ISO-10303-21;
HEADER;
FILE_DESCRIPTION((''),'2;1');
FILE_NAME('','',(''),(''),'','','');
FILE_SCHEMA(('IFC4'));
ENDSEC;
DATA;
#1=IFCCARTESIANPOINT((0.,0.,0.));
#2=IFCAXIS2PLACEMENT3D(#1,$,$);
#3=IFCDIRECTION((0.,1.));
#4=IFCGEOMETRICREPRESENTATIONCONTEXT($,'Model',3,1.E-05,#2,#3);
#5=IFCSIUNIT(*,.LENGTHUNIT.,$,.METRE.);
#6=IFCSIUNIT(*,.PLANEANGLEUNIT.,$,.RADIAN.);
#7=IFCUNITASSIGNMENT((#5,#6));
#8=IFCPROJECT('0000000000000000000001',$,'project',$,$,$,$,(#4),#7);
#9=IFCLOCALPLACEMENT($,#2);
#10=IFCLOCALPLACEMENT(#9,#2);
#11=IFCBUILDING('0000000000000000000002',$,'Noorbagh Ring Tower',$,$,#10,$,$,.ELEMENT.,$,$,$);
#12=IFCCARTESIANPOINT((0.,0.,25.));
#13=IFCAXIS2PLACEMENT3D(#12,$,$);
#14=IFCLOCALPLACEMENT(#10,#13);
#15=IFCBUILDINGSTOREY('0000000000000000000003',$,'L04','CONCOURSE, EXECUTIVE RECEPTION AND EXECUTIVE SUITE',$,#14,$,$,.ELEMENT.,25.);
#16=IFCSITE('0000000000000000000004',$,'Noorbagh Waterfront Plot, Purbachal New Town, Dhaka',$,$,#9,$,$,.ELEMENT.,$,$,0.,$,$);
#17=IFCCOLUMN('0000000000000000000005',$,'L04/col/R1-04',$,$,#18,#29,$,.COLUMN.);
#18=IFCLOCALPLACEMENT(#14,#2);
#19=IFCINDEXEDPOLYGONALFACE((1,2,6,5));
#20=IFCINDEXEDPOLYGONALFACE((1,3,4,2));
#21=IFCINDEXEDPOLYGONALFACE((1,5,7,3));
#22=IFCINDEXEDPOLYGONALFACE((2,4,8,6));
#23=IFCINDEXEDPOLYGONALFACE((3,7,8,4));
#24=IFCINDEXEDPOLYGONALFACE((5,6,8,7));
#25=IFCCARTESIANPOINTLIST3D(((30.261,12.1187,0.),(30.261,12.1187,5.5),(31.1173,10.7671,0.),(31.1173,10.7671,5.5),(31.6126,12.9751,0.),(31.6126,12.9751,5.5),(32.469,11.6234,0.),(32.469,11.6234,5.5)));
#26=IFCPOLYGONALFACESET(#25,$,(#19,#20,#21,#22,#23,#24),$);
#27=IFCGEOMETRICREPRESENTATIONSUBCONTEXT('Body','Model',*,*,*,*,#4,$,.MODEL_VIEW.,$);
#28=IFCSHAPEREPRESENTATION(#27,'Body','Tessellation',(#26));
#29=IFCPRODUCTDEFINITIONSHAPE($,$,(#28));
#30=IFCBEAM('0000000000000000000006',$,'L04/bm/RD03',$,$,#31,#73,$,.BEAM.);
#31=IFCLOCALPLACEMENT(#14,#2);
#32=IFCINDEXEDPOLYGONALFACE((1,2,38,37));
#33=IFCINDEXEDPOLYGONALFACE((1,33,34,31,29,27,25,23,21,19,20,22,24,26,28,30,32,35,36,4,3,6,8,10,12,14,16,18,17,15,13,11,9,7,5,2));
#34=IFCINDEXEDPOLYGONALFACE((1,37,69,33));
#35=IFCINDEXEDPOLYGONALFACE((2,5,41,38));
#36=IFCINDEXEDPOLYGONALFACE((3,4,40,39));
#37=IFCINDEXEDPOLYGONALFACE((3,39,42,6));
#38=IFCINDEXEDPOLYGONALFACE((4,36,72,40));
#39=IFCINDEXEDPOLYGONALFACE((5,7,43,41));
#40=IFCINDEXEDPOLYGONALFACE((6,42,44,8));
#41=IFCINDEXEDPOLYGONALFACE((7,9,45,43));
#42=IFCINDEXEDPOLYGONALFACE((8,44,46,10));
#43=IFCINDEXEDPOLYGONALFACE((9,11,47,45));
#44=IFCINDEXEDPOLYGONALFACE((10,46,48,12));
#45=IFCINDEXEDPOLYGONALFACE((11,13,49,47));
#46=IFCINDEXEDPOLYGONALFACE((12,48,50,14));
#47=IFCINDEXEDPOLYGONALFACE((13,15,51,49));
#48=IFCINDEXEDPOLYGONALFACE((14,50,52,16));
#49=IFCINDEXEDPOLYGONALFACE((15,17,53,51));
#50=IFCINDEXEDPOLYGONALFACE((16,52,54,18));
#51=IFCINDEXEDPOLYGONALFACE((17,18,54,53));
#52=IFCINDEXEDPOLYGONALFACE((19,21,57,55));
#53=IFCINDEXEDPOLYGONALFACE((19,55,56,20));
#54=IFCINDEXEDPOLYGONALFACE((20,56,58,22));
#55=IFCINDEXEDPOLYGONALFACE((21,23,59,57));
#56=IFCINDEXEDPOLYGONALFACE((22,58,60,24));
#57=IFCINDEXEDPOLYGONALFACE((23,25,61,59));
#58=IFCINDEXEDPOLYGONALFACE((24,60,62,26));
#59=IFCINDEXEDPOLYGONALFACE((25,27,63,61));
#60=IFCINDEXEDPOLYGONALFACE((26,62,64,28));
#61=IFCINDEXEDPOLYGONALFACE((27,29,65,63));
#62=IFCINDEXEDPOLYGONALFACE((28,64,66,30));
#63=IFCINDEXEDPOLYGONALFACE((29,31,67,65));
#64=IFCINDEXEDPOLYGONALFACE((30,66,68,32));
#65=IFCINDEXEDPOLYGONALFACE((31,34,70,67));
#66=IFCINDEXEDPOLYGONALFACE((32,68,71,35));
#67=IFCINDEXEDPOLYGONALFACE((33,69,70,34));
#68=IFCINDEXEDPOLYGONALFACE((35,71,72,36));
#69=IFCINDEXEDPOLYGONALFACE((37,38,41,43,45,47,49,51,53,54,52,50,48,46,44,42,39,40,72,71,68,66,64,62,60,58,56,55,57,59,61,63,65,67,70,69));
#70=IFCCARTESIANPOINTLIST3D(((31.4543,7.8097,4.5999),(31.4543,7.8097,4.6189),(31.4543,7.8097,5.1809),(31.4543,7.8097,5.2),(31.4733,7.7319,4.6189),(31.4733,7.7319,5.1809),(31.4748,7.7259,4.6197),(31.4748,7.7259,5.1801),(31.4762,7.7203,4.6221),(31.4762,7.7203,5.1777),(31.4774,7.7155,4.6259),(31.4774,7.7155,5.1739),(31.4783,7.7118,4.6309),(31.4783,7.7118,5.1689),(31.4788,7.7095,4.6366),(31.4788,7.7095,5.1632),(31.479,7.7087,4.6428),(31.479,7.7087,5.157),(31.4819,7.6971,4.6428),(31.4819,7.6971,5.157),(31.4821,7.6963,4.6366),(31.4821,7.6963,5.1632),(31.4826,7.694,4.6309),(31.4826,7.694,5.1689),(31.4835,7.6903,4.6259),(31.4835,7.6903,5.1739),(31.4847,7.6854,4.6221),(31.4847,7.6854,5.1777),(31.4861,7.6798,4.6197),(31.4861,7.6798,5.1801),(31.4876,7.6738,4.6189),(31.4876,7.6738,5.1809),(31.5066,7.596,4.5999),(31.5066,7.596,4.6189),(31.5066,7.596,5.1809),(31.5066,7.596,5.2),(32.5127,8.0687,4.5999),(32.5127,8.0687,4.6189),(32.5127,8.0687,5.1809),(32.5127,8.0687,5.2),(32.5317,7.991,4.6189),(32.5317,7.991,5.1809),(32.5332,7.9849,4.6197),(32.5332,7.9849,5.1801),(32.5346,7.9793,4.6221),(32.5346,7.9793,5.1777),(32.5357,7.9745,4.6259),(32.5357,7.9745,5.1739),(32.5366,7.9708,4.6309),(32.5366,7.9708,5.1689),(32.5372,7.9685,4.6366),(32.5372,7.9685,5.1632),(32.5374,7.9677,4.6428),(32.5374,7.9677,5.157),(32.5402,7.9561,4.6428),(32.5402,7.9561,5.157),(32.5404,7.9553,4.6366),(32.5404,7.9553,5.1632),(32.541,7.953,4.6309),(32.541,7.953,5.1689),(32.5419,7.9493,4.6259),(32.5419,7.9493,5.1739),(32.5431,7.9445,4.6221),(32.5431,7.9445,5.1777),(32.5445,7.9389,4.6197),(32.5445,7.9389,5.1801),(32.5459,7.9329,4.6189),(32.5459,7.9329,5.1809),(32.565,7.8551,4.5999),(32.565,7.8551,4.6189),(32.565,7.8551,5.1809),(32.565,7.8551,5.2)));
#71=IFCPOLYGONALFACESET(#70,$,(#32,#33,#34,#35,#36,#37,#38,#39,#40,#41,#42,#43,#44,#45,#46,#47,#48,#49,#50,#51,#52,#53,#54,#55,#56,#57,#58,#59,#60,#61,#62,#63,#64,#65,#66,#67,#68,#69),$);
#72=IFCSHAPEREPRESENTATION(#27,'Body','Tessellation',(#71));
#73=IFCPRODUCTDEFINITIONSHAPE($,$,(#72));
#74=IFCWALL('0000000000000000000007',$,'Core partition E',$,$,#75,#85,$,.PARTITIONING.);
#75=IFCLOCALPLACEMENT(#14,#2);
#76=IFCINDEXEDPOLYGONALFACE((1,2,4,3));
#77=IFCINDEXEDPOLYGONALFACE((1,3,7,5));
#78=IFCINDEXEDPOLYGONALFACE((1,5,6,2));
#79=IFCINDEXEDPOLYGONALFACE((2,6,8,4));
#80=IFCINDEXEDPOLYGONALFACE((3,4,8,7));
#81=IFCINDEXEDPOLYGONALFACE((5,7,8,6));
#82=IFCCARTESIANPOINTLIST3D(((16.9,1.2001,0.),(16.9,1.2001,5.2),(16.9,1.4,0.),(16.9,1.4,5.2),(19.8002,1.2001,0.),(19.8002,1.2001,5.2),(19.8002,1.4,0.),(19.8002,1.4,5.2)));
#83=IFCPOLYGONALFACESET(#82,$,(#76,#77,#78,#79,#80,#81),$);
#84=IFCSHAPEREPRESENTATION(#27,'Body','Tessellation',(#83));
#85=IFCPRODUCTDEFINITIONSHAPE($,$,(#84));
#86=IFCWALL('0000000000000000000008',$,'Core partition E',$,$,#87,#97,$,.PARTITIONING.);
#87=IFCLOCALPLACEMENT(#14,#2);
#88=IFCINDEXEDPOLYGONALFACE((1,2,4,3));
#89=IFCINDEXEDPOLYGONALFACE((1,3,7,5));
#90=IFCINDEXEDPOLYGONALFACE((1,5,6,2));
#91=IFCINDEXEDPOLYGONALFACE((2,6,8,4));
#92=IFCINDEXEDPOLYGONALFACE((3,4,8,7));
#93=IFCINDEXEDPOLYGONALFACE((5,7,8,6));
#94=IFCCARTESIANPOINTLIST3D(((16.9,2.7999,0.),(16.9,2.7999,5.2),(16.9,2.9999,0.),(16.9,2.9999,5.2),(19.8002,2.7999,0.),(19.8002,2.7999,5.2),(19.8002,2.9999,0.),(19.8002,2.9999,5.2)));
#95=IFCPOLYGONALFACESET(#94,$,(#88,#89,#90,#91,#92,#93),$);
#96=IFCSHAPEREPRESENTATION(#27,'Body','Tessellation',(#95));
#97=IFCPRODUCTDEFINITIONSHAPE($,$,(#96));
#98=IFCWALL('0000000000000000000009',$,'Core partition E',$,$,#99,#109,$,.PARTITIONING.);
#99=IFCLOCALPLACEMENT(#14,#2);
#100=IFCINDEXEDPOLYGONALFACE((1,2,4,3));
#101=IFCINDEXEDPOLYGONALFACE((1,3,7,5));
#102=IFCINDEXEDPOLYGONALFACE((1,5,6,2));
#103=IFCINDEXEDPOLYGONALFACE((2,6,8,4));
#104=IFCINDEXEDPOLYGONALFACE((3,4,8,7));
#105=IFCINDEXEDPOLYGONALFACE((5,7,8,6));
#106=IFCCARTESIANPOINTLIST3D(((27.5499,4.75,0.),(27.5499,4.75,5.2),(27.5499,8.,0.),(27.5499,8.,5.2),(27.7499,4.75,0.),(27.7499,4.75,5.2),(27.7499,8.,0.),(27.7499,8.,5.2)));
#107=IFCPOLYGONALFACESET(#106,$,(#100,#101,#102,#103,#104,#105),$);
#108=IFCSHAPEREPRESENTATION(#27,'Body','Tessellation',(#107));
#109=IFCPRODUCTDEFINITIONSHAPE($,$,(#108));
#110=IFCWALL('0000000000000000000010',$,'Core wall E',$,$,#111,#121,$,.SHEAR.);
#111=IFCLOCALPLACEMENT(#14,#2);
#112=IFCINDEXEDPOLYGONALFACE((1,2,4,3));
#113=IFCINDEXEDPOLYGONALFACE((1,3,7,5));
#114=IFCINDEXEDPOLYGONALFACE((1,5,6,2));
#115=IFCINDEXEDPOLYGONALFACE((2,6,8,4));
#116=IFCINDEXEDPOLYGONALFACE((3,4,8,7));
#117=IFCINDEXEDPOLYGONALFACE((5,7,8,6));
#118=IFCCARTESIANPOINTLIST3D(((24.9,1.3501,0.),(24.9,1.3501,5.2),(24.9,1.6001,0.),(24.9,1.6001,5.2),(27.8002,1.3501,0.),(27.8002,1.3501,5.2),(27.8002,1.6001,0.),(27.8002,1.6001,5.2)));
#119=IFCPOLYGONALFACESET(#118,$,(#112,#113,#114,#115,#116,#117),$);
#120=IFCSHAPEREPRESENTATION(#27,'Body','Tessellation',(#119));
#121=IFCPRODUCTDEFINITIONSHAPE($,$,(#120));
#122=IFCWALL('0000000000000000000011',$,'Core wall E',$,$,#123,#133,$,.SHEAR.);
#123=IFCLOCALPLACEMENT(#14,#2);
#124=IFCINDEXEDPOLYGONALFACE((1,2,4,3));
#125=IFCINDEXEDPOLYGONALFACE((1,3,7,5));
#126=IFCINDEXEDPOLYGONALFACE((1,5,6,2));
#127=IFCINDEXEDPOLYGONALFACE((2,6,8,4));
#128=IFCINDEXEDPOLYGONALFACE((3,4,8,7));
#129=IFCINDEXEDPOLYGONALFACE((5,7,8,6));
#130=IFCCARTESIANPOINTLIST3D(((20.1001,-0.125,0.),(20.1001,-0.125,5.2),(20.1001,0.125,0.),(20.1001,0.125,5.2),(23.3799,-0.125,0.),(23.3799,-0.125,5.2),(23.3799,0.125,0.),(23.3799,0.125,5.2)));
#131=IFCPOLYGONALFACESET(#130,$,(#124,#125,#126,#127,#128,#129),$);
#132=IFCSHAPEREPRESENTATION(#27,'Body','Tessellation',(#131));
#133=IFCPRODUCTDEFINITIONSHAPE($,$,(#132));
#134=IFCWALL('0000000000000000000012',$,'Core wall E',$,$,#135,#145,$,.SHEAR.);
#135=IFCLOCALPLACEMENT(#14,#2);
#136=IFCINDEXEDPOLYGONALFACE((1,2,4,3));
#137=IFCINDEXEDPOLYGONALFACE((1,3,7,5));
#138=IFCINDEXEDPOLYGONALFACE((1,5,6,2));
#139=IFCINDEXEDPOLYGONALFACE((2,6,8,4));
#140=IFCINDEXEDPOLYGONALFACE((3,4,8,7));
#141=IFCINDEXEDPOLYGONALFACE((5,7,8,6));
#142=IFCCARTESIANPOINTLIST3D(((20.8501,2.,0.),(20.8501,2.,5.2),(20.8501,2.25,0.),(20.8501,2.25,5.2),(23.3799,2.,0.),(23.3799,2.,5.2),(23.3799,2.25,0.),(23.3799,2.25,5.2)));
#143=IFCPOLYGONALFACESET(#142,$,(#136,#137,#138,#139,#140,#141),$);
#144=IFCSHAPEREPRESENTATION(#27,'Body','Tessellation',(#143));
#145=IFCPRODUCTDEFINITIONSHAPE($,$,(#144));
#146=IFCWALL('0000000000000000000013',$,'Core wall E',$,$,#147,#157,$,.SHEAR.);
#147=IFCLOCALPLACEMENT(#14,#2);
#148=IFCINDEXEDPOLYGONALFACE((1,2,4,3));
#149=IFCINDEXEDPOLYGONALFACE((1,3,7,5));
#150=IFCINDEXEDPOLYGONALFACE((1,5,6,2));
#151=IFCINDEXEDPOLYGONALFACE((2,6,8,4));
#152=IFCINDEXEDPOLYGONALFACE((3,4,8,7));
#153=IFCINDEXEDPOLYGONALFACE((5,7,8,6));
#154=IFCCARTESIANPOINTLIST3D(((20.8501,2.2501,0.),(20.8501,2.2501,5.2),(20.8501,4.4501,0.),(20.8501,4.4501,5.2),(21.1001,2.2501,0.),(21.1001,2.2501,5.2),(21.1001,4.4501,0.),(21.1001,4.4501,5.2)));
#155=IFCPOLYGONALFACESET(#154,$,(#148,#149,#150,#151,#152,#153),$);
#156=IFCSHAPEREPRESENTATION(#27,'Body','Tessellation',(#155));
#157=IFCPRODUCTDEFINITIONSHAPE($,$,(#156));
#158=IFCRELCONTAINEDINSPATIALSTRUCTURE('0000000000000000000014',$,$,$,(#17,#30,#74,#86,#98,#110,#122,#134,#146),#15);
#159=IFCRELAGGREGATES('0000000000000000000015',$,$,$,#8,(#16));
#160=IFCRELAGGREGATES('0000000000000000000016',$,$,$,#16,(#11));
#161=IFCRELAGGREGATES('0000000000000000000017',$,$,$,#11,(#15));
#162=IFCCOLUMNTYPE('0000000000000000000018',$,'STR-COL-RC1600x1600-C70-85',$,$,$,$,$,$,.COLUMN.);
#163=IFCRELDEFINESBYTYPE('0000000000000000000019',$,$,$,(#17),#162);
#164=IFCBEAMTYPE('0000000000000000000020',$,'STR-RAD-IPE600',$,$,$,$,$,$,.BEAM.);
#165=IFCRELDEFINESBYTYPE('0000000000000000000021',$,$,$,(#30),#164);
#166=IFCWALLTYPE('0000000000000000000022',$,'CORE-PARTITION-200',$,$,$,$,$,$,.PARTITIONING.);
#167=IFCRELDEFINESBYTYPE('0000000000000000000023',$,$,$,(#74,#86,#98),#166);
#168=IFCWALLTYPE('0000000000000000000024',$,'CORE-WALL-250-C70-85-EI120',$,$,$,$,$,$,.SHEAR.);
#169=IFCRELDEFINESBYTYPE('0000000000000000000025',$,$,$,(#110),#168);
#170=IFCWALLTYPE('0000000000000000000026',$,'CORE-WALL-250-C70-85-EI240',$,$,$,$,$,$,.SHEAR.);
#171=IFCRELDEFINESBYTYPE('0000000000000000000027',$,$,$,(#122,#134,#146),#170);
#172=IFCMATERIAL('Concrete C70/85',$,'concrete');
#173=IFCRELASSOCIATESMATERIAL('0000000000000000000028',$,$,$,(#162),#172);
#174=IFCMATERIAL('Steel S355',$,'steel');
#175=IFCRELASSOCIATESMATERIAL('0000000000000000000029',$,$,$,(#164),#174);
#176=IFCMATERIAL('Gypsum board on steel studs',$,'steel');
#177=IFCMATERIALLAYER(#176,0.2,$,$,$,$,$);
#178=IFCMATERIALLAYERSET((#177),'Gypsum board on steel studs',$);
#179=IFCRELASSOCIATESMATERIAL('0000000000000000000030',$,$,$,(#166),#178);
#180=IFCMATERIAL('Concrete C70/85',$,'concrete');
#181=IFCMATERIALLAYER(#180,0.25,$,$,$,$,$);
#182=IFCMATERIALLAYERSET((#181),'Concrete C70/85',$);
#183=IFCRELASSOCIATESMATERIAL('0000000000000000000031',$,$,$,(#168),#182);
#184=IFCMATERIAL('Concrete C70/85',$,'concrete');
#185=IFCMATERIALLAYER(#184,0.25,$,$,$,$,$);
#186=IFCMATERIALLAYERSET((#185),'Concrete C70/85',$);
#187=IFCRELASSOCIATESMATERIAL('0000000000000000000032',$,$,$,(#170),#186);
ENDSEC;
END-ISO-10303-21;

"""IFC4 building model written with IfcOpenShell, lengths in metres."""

from ifc_helpers import new_model, si_unit, direction, frame, frame_2d, origin, origin_2d, place, context, subcontext, project, spatial, rectangle, i_section, extrude, material, layer, layer_set, material_profile, profile_set, type_object, element, save


model = new_model("IFC4")

# Units and contexts
model_context = context("Model", 3, precision=1e-05, world=origin(), true_north=direction((0.0, 1.0)))
body_context = subcontext(model_context, "Body", "Model", "MODEL_VIEW")
ifc_project = project(units=[si_unit("LENGTHUNIT", "METRE"), si_unit("PLANEANGLEUNIT", "RADIAN")], contexts=[model_context])

# Site, building, storey
site_placement = place(None, origin())
site = spatial("IfcSite", under=ifc_project, at=site_placement, Name="Noorbagh Waterfront Plot, Purbachal New Town, Dhaka", CompositionType="ELEMENT", RefElevation=0.0)
building_placement = place(site_placement, origin())
building = spatial("IfcBuilding", under=site, at=building_placement, Name="Noorbagh Ring Tower", CompositionType="ELEMENT")
storey_placement = place(building_placement, frame((0.0, 0.0, 25.0)))
storey = spatial("IfcBuildingStorey", under=building, at=storey_placement, Name="L04", Description="CONCOURSE, EXECUTIVE RECEPTION AND EXECUTIVE SUITE", CompositionType="ELEMENT", Elevation=25.0)

# Column
ifc_material_1 = material(Name="Concrete C70/85", Category="concrete")
ifc_material_profile_1 = material_profile(ifc_material_1, rectangle(XDim=1.6001, YDim=1.6001, at=origin_2d()), Name="RC1600x1600")
ifc_profile_set_1 = profile_set([ifc_material_profile_1], Name="Concrete C70/85")
column_type = type_object("IfcColumnType", Name="STR-COL-RC1600x1600-C70-85", PredefinedType="COLUMN", material=ifc_profile_set_1)
column_placement = place(storey_placement, frame((31.365, 11.8711, 0.0), z_axis=(0.0, 0.0, 1.0), x_axis=(-0.53519, 0.844731, 0.0)))
element("IfcColumn", 1, at=column_placement, inside=storey, type_object=column_type, Name="L04/col/R1-04", PredefinedType="COLUMN", context=body_context, shape_type="SweptSolid", body=[
    extrude(rectangle(XDim=1.6001, YDim=1.6001, at=origin_2d()), origin(), (0.0, 0.0, 1.0), 5.5),
])

# Beam
ifc_material_2 = material(Name="Steel S355", Category="steel")
ifc_material_profile_2 = material_profile(ifc_material_2, i_section(OverallWidth=0.22, OverallDepth=0.6001, WebThickness=0.012, FlangeThickness=0.019, FilletRadius=0.0239, at=origin_2d()), Name="IPE600")
ifc_profile_set_2 = profile_set([ifc_material_profile_2], Name="Steel S355")
beam_type = type_object("IfcBeamType", Name="STR-RAD-IPE600", PredefinedType="BEAM", material=ifc_profile_set_2)
beam_placement = place(storey_placement, frame((32.5388, 7.9619, 4.8999), z_axis=(-0.97133, -0.237735, 0.0), x_axis=(0.237735, -0.97133, 0.0)))
element("IfcBeam", 2, at=beam_placement, inside=storey, type_object=beam_type, Name="L04/bm/RD03", PredefinedType="BEAM", context=body_context, shape_type="SweptSolid", body=[
    extrude(i_section(OverallWidth=0.22, OverallDepth=0.6001, WebThickness=0.012, FlangeThickness=0.019, FilletRadius=0.0239, at=origin_2d()), origin(), (0.0, 0.0, 1.0), 1.0896),
])

# Walls
ifc_material_3 = material(Name="Gypsum board on steel studs", Category="steel")
ifc_layer_1 = layer(ifc_material_3, 0.2)
ifc_layer_set_1 = layer_set([ifc_layer_1], Name="Gypsum board on steel studs")
wall_type_1 = type_object("IfcWallType", Name="CORE-PARTITION-200", PredefinedType="PARTITIONING", material=ifc_layer_set_1)
for number, where, z_axis, x_axis, name in (
    (3, (16.8999, 1.3, 0.0), (0.0, 0.0, 1.0), (1.0, 0.0, 0.0), "Core partition E"),
    (4, (16.8999, 2.8999, 0.0), (0.0, 0.0, 1.0), (1.0, 0.0, 0.0), "Core partition E"),
):
    element("IfcWall", number, at=place(storey_placement, frame(where, z_axis=z_axis, x_axis=x_axis)), inside=storey, type_object=wall_type_1, Name=name, PredefinedType="PARTITIONING", context=body_context, shape_type="SweptSolid", body=[
        extrude(rectangle(XDim=2.9001, YDim=0.2, at=frame_2d((1.4502, 0.0))), origin(), (0.0, 0.0, 1.0), 5.2),
    ])
wall_1_placement = place(storey_placement, frame((27.6499, 4.75, 0.0), z_axis=(0.0, 0.0, 1.0), x_axis=(0.0, 1.0, 0.0)))
element("IfcWall", 5, at=wall_1_placement, inside=storey, type_object=wall_type_1, Name="Core partition E", PredefinedType="PARTITIONING", context=body_context, shape_type="SweptSolid", body=[
    extrude(rectangle(XDim=3.25, YDim=0.2, at=frame_2d((1.625, 0.0))), origin(), (0.0, 0.0, 1.0), 5.2),
])
ifc_material_4 = material(Name="Concrete C70/85", Category="concrete")
ifc_layer_2 = layer(ifc_material_4, 0.25)
ifc_layer_set_2 = layer_set([ifc_layer_2], Name="Concrete C70/85")
wall_type_2 = type_object("IfcWallType", Name="CORE-WALL-250-C70-85-EI120", PredefinedType="SHEAR", material=ifc_layer_set_2)
wall_2_placement = place(storey_placement, frame((24.8999, 1.4751, 0.0), z_axis=(0.0, 0.0, 1.0), x_axis=(1.0, 0.0, 0.0)))
element("IfcWall", 6, at=wall_2_placement, inside=storey, type_object=wall_type_2, Name="Core wall E", PredefinedType="SHEAR", context=body_context, shape_type="SweptSolid", body=[
    extrude(rectangle(XDim=2.9001, YDim=0.25, at=frame_2d((1.4502, 0.0))), origin(), (0.0, 0.0, 1.0), 5.2),
])
ifc_material_5 = material(Name="Concrete C70/85", Category="concrete")
ifc_layer_3 = layer(ifc_material_5, 0.25)
ifc_layer_set_3 = layer_set([ifc_layer_3], Name="Concrete C70/85")
wall_type_3 = type_object("IfcWallType", Name="CORE-WALL-250-C70-85-EI240", PredefinedType="SHEAR", material=ifc_layer_set_3)
wall_3_placement = place(storey_placement, frame((20.1001, 0.0, 0.0), z_axis=(0.0, 0.0, 1.0), x_axis=(1.0, 0.0, 0.0)))
element("IfcWall", 7, at=wall_3_placement, inside=storey, type_object=wall_type_3, Name="Core wall E", PredefinedType="SHEAR", context=body_context, shape_type="SweptSolid", body=[
    extrude(rectangle(XDim=3.2798, YDim=0.25, at=frame_2d((1.6399, 0.0))), origin(), (0.0, 0.0, 1.0), 5.2),
])
wall_4_placement = place(storey_placement, frame((20.8501, 2.125, 0.0), z_axis=(0.0, 0.0, 1.0), x_axis=(1.0, 0.0, 0.0)))
element("IfcWall", 8, at=wall_4_placement, inside=storey, type_object=wall_type_3, Name="Core wall E", PredefinedType="SHEAR", context=body_context, shape_type="SweptSolid", body=[
    extrude(rectangle(XDim=2.5298, YDim=0.25, at=frame_2d((1.2649, 0.0))), origin(), (0.0, 0.0, 1.0), 5.2),
])
wall_5_placement = place(storey_placement, frame((20.9751, 2.25, 0.0), z_axis=(0.0, 0.0, 1.0), x_axis=(0.0, 1.0, 0.0)))
element("IfcWall", 9, at=wall_5_placement, inside=storey, type_object=wall_type_3, Name="Core wall E", PredefinedType="SHEAR", context=body_context, shape_type="SweptSolid", body=[
    extrude(rectangle(XDim=2.2, YDim=0.25, at=frame_2d((1.1001, 0.0))), origin(), (0.0, 0.0, 1.0), 5.2),
])

save(model, "model.ifc")
